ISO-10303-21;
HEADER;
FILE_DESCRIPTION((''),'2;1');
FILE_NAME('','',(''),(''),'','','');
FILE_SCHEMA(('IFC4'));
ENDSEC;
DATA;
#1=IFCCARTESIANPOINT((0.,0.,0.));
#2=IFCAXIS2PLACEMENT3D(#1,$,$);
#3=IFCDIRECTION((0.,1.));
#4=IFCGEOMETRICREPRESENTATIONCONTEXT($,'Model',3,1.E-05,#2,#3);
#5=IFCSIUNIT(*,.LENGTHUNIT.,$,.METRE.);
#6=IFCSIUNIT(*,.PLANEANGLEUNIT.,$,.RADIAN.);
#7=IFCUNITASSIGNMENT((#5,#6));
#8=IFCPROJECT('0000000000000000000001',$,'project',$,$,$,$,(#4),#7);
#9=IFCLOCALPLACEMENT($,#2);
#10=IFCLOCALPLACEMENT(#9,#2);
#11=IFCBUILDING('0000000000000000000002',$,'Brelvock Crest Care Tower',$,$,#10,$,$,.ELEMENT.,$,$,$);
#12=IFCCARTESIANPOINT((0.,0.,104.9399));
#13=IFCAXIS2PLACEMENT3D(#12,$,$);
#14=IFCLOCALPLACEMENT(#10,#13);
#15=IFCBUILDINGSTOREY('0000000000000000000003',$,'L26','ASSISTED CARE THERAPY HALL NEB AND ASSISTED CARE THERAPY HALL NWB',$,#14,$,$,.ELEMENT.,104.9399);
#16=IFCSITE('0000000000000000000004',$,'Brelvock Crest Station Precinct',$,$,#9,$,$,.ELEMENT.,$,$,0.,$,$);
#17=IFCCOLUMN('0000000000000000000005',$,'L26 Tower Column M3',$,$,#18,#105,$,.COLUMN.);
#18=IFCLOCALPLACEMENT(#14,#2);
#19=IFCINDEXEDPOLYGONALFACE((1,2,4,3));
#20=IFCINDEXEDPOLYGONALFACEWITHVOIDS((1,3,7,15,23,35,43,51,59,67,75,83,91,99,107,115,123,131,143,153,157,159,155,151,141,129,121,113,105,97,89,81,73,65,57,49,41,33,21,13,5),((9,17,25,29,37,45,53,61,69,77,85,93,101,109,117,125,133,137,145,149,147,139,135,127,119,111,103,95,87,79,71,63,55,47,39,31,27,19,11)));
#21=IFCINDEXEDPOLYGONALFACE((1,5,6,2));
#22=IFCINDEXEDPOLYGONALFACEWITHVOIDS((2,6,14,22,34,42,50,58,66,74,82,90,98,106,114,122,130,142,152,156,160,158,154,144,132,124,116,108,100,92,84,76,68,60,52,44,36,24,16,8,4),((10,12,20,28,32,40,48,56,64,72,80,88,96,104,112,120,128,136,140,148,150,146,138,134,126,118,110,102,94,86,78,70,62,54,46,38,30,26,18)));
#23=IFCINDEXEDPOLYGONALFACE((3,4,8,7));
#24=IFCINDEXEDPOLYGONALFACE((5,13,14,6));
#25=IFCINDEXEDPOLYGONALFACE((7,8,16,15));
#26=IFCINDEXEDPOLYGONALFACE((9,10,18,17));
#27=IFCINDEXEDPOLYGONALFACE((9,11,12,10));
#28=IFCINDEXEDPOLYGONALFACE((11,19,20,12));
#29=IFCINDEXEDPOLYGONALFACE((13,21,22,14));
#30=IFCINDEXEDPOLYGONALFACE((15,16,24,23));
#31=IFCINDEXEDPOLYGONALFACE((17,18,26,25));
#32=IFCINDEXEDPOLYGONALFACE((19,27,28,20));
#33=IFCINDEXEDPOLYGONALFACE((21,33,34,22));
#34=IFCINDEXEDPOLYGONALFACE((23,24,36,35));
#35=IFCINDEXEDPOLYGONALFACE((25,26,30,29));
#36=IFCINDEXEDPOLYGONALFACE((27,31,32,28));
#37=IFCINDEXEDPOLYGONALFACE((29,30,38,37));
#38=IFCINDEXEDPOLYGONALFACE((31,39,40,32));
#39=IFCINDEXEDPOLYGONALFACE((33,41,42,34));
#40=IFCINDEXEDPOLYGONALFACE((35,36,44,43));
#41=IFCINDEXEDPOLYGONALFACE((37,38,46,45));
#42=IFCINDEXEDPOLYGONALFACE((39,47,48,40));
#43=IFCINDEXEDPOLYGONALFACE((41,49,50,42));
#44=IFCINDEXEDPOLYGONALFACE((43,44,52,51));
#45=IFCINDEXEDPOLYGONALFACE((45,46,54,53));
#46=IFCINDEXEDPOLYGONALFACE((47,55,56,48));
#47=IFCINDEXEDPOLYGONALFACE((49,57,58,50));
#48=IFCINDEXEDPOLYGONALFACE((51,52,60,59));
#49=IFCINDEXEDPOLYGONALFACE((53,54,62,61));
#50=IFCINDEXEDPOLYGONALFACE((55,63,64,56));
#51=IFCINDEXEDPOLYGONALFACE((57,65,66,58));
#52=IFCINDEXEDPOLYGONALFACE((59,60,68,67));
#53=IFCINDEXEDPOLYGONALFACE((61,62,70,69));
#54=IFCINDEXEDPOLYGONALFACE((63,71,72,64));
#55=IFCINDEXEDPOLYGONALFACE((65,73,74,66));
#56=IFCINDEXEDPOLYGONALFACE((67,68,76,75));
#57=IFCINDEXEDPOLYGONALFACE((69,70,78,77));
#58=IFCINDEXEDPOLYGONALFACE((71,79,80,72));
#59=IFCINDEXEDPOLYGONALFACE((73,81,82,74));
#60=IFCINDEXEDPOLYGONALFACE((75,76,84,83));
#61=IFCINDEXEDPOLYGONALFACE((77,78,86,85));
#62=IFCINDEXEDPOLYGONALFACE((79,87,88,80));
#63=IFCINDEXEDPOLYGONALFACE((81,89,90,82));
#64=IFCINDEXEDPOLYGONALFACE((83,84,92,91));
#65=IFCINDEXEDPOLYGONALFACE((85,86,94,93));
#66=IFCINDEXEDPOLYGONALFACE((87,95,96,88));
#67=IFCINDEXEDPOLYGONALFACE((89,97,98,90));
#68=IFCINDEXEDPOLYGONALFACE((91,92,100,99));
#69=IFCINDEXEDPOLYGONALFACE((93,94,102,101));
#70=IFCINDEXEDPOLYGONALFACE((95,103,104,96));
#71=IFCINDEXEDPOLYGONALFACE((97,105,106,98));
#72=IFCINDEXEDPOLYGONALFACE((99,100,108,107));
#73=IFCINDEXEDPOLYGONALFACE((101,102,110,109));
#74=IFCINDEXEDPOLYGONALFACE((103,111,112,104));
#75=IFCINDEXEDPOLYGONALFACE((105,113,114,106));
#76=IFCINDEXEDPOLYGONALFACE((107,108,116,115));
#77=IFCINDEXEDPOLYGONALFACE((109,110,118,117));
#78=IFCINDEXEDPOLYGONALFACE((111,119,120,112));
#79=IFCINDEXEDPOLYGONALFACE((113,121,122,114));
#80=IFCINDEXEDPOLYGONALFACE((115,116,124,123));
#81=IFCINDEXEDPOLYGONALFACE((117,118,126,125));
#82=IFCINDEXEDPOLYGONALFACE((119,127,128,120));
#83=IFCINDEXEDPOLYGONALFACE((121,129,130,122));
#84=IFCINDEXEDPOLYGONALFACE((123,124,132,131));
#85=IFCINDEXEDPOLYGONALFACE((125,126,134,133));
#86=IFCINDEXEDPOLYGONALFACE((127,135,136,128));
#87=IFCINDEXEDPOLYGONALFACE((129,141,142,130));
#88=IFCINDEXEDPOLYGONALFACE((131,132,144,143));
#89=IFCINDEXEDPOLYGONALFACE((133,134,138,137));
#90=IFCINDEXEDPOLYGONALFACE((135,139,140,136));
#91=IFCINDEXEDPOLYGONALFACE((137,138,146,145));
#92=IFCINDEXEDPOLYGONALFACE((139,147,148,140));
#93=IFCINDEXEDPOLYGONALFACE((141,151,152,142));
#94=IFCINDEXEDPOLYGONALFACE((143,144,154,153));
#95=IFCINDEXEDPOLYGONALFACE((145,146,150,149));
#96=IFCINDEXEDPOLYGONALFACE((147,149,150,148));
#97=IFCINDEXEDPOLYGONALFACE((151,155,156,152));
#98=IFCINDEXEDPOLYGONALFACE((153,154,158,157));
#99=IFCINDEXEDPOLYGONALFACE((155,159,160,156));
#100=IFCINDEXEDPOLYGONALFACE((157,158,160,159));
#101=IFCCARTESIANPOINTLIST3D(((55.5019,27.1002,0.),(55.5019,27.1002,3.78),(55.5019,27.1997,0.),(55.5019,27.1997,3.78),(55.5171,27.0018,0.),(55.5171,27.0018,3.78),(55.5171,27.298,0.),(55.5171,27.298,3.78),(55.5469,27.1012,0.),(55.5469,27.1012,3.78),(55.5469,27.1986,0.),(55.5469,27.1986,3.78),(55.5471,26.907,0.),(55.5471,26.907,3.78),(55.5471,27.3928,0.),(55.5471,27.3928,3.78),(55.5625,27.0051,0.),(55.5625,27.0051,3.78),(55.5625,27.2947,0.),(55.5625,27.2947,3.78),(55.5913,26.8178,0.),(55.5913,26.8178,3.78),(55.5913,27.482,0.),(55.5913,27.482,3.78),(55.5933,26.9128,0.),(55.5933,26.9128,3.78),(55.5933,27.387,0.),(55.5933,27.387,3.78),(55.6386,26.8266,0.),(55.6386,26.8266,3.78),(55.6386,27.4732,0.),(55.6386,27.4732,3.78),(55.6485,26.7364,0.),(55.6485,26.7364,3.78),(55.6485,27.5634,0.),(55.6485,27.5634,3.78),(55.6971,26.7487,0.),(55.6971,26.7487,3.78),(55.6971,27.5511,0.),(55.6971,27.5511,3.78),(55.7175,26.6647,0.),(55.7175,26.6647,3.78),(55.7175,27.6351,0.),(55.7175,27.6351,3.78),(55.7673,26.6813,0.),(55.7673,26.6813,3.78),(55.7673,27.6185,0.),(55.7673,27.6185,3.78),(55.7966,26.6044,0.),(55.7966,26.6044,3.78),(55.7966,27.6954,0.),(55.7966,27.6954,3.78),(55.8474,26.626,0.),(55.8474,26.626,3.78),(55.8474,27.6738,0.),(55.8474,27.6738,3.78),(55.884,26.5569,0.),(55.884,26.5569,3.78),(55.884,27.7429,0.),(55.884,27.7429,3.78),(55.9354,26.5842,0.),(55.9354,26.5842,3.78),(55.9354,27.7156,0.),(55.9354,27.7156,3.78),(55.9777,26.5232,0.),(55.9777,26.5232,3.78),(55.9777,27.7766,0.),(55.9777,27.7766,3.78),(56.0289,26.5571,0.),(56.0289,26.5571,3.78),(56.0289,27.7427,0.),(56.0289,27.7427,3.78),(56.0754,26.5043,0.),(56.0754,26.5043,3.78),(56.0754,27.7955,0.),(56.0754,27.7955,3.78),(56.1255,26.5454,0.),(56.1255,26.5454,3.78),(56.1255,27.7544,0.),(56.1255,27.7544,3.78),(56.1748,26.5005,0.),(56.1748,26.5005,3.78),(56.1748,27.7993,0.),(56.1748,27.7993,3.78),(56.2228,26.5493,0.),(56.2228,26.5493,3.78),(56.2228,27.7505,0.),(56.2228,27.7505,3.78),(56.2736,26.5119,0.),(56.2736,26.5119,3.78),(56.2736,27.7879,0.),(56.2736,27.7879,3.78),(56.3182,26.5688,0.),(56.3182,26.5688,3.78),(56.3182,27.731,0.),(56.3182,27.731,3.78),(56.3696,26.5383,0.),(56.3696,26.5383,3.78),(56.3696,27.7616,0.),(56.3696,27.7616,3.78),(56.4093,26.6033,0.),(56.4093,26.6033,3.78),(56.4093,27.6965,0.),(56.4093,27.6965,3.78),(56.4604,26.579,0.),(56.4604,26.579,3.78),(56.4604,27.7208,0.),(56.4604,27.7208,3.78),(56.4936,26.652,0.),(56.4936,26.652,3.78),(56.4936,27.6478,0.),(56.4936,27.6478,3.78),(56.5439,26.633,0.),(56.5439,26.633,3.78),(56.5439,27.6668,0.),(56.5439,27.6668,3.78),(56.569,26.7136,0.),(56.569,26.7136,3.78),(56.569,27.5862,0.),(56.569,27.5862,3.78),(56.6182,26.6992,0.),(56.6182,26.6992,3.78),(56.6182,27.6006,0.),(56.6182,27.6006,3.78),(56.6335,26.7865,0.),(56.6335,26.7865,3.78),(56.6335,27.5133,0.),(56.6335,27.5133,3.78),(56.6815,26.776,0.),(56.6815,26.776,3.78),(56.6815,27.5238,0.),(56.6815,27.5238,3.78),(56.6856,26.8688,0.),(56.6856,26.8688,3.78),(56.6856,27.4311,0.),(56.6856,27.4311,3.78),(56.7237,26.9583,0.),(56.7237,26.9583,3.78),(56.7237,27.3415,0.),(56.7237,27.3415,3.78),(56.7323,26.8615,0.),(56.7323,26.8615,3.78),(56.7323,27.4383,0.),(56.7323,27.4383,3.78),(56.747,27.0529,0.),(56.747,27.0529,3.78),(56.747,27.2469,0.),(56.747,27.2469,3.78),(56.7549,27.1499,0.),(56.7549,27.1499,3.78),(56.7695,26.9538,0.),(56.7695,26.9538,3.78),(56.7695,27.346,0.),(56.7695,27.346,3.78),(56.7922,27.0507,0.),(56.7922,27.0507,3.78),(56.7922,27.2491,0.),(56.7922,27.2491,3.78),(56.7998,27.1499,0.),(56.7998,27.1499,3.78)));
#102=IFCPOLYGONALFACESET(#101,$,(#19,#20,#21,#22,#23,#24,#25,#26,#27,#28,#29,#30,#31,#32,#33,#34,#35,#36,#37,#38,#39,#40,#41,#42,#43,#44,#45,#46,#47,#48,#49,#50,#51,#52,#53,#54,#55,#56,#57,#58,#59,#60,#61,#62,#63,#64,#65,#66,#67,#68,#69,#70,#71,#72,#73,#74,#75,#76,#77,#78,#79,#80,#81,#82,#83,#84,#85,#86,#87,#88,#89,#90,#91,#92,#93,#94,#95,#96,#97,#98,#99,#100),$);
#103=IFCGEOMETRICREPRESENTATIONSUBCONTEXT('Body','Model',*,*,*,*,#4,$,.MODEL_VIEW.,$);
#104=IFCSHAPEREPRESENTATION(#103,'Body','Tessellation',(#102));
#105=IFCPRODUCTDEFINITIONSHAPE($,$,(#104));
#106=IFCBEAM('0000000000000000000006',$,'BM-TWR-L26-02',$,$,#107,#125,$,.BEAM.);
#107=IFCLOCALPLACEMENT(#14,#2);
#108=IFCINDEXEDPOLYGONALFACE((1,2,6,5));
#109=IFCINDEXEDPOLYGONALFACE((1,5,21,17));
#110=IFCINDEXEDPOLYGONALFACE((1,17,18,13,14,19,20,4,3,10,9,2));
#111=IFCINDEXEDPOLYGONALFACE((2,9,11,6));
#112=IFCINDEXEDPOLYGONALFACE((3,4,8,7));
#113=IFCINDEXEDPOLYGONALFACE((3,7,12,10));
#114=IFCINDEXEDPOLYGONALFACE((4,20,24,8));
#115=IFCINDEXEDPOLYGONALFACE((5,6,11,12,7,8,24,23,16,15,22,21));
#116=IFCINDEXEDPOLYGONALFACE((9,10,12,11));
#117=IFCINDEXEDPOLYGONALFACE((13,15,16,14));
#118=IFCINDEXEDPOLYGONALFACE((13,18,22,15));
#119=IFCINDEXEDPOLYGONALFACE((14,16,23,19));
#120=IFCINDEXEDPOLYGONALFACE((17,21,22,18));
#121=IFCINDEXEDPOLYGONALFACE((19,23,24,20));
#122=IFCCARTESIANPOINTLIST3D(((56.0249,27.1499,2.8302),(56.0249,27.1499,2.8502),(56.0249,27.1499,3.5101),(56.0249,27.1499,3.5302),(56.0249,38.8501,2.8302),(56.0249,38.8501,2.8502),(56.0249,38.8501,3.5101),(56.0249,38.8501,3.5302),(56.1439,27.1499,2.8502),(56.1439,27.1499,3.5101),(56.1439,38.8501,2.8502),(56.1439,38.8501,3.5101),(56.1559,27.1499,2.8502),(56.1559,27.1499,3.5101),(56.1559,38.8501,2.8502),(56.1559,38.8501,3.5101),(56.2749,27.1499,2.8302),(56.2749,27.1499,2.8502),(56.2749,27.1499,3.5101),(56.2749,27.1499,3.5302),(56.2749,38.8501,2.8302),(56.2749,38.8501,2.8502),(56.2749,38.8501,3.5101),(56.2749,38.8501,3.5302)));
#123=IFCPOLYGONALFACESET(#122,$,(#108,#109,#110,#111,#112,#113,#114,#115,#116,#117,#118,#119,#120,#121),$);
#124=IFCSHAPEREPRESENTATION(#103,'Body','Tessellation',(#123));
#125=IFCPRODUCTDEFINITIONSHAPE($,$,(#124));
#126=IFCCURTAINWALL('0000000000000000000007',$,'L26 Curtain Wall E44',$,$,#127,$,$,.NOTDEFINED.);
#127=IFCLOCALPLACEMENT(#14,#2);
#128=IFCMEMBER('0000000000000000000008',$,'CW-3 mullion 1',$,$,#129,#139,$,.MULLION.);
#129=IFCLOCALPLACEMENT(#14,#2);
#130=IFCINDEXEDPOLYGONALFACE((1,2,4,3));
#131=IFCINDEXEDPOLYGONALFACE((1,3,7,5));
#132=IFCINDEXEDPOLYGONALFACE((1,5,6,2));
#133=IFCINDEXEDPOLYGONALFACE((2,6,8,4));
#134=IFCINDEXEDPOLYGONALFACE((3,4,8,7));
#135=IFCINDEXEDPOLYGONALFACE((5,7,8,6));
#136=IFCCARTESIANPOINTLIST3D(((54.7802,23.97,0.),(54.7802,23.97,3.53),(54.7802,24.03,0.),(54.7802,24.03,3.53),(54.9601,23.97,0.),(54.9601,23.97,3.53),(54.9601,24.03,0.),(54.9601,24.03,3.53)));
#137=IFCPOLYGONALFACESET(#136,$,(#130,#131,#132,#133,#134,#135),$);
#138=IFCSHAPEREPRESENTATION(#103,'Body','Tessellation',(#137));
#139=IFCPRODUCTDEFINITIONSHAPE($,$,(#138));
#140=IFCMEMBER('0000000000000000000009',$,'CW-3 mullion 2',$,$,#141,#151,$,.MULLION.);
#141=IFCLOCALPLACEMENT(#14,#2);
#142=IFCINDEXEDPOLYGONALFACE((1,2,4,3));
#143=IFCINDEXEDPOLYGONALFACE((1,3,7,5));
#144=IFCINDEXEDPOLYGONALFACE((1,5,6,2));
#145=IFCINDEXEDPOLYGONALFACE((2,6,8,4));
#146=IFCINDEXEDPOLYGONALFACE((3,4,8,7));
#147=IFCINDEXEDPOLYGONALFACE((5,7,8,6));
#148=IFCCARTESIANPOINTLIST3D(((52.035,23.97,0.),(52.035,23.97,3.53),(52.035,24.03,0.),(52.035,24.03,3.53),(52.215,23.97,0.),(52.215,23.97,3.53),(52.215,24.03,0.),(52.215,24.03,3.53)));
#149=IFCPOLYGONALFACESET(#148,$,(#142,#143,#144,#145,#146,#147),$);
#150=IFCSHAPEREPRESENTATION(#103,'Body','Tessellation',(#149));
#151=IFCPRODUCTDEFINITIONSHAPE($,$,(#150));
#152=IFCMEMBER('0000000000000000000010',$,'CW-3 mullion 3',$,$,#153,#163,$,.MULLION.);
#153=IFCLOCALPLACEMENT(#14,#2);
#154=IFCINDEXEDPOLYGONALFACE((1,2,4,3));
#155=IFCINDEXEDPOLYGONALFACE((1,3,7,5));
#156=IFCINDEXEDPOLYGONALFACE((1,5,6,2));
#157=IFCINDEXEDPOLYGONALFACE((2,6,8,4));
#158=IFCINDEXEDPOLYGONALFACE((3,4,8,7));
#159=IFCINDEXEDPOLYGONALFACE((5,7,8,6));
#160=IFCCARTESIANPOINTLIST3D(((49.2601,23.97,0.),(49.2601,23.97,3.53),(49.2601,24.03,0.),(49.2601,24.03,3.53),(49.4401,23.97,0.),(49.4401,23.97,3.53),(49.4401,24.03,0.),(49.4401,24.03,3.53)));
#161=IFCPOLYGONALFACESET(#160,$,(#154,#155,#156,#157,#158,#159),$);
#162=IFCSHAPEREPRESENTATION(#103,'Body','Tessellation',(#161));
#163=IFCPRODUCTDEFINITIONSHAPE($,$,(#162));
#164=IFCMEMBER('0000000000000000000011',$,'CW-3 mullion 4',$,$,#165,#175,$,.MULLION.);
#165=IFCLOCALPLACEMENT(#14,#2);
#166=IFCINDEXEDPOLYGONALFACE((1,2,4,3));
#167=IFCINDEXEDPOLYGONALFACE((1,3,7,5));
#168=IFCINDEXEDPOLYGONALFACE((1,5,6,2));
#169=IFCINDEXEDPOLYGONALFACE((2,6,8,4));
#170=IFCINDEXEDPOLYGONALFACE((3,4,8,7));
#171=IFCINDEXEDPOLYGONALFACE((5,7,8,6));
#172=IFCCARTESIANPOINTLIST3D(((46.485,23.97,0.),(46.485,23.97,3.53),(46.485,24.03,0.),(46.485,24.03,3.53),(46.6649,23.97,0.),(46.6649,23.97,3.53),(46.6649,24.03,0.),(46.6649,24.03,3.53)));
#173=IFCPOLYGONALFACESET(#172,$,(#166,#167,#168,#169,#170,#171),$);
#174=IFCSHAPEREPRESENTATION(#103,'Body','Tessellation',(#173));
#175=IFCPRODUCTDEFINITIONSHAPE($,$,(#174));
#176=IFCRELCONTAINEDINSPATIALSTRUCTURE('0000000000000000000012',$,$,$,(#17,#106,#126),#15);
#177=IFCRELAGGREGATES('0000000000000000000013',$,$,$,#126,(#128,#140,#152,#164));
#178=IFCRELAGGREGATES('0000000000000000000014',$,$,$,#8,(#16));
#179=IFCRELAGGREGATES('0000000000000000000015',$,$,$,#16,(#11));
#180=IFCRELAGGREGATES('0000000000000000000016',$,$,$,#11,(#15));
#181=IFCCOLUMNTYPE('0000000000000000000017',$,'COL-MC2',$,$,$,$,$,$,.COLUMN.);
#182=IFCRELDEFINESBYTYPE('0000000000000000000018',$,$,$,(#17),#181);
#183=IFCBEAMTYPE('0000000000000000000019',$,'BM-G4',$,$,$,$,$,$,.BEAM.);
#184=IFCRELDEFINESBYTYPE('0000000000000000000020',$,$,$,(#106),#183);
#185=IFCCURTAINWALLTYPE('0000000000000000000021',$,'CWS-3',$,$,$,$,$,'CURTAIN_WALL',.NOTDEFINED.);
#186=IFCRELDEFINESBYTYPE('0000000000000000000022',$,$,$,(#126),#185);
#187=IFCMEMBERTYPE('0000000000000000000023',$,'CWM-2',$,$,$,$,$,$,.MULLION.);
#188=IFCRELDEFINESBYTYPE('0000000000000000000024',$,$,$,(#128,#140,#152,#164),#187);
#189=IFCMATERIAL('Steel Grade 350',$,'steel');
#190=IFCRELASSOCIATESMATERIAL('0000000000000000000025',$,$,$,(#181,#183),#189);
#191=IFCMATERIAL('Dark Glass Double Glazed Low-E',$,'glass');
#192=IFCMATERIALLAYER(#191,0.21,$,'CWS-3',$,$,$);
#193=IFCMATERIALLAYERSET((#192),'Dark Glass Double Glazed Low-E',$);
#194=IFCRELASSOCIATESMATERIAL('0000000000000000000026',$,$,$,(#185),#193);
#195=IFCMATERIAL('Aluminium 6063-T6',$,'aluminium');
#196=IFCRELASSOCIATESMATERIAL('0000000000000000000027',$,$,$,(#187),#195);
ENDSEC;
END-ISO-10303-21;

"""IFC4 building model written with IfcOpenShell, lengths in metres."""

from ifc_helpers import new_model, si_unit, direction, frame, origin, origin_2d, place, context, subcontext, project, spatial, rectangle, hollow_circle, i_section, extrude, source, transform, mapped, material, layer, layer_set, material_profile, profile_set, type_object, element, aggregate, save


model = new_model("IFC4")

# Units and contexts
model_context = context("Model", 3, precision=1e-05, world=origin(), true_north=direction((0.0, 1.0)))
body_context = subcontext(model_context, "Body", "Model", "MODEL_VIEW")
ifc_project = project(units=[si_unit("LENGTHUNIT", "METRE"), si_unit("PLANEANGLEUNIT", "RADIAN")], contexts=[model_context])

# Site, building, storey
site_placement = place(None, origin())
site = spatial("IfcSite", under=ifc_project, at=site_placement, Name="Brelvock Crest Station Precinct", CompositionType="ELEMENT", RefElevation=0.0)
building_placement = place(site_placement, origin())
building = spatial("IfcBuilding", under=site, at=building_placement, Name="Brelvock Crest Care Tower", CompositionType="ELEMENT")
storey_placement = place(building_placement, frame((0.0, 0.0, 104.9399)))
storey = spatial("IfcBuildingStorey", under=building, at=storey_placement, Name="L26", Description="ASSISTED CARE THERAPY HALL NEB AND ASSISTED CARE THERAPY HALL NWB", CompositionType="ELEMENT", Elevation=104.9399)

# Column
ifc_material_1 = material(Name="Steel Grade 350", Category="steel")
ifc_material_profile_1 = material_profile(ifc_material_1, hollow_circle(Radius=0.6499, WallThickness=0.0449, at=origin_2d()), Name="CFT1300x45")
ifc_profile_set_1 = profile_set([ifc_material_profile_1], Name="Steel Grade 350")
column_type = type_object("IfcColumnType", Name="COL-MC2", PredefinedType="COLUMN", material=ifc_profile_set_1)
shared_shape_1 = source(origin(), body_context, "Body", "SweptSolid", [
    extrude(hollow_circle(Radius=0.6499, WallThickness=0.0449, at=origin_2d()), origin(), (0.0, 0.0, 1.0), 3.78),
])
column_placement = place(storey_placement, frame((56.1499, 27.1499, 0.0), z_axis=(0.0, 0.0, 1.0), x_axis=(1.0, 0.0, 0.0)))
element("IfcColumn", 1, at=column_placement, inside=storey, type_object=column_type, Name="L26 Tower Column M3", PredefinedType="COLUMN", context=body_context, shape_type="MappedRepresentation", body=[
    mapped(shared_shape_1, transform((0.0, 0.0, 0.0), x_axis=(1.0, 0.0, 0.0), y_axis=(0.0, 1.0, 0.0), z_axis=(0.0, 0.0, 1.0), scale=1.0)),
])

# Beam
ifc_material_profile_2 = material_profile(ifc_material_1, i_section(OverallWidth=0.25, OverallDepth=0.7, WebThickness=0.012, FlangeThickness=0.02, at=origin_2d()), Name="700WB150")
ifc_profile_set_2 = profile_set([ifc_material_profile_2], Name="Steel Grade 350")
beam_type = type_object("IfcBeamType", Name="BM-G4", PredefinedType="BEAM", material=ifc_profile_set_2)
shared_shape_2 = source(origin(), body_context, "Body", "SweptSolid", [
    extrude(i_section(OverallWidth=0.25, OverallDepth=0.7, WebThickness=0.012, FlangeThickness=0.02, at=origin_2d()), origin(), (0.0, 0.0, 1.0), 11.7002),
])
beam_placement = place(storey_placement, frame((56.1499, 27.1499, 3.1802), z_axis=(0.0, 1.0, 0.0), x_axis=(-1.0, 0.0, 0.0)))
element("IfcBeam", 2, at=beam_placement, inside=storey, type_object=beam_type, Name="BM-TWR-L26-02", PredefinedType="BEAM", context=body_context, shape_type="MappedRepresentation", body=[
    mapped(shared_shape_2, transform((0.0, 0.0, 0.0), x_axis=(1.0, 0.0, 0.0), y_axis=(0.0, 1.0, 0.0), z_axis=(0.0, 0.0, 1.0), scale=1.0)),
])

# Curtain wall, members
ifc_material_2 = material(Name="Dark Glass Double Glazed Low-E", Category="glass")
ifc_layer_1 = layer(ifc_material_2, 0.21, Name="CWS-3")
ifc_layer_set_1 = layer_set([ifc_layer_1], Name="Dark Glass Double Glazed Low-E")
curtain_wall_type = type_object("IfcCurtainWallType", Name="CWS-3", ElementType="CURTAIN_WALL", PredefinedType="NOTDEFINED", material=ifc_layer_set_1)
curtain_wall_placement = place(storey_placement, origin())
curtain_wall = element("IfcCurtainWall", 3, at=curtain_wall_placement, inside=storey, type_object=curtain_wall_type, Name="L26 Curtain Wall E44", PredefinedType="NOTDEFINED")
ifc_material_3 = material(Name="Aluminium 6063-T6", Category="aluminium")
ifc_material_profile_3 = material_profile(ifc_material_3, rectangle(XDim=0.0601, YDim=0.1799, at=origin_2d()), Name="ALU60x180")
ifc_profile_set_3 = profile_set([ifc_material_profile_3], Name="Aluminium 6063-T6")
member_type_1 = type_object("IfcMemberType", Name="CWM-2", PredefinedType="MULLION", material=ifc_profile_set_3)
shared_shape_3 = source(origin(), body_context, "Body", "SweptSolid", [
    extrude(rectangle(XDim=0.0601, YDim=0.1799, at=origin_2d()), origin(), (0.0, 0.0, 1.0), 3.53),
])
member_1_placement = place(storey_placement, frame((54.8701, 24.0, 0.0), z_axis=(0.0, 0.0, 1.0), x_axis=(0.0, -1.0, 0.0)))
member_1 = element("IfcMember", 4, at=member_1_placement, type_object=member_type_1, Name="CW-3 mullion 1", PredefinedType="MULLION", context=body_context, shape_type="MappedRepresentation", body=[
    mapped(shared_shape_3, transform((0.0, 0.0, 0.0), x_axis=(1.0, 0.0, 0.0), y_axis=(0.0, 1.0, 0.0), z_axis=(0.0, 0.0, 1.0), scale=1.0)),
])
member_2_placement = place(storey_placement, frame((52.125, 24.0, 0.0), z_axis=(0.0, 0.0, 1.0), x_axis=(0.0, -1.0, 0.0)))
member_2 = element("IfcMember", 5, at=member_2_placement, type_object=member_type_1, Name="CW-3 mullion 2", PredefinedType="MULLION", context=body_context, shape_type="MappedRepresentation", body=[
    mapped(shared_shape_3, transform((0.0, 0.0, 0.0), x_axis=(1.0, 0.0, 0.0), y_axis=(0.0, 1.0, 0.0), z_axis=(0.0, 0.0, 1.0), scale=1.0)),
])
member_3_placement = place(storey_placement, frame((49.3501, 24.0, 0.0), z_axis=(0.0, 0.0, 1.0), x_axis=(0.0, -1.0, 0.0)))
member_3 = element("IfcMember", 6, at=member_3_placement, type_object=member_type_1, Name="CW-3 mullion 3", PredefinedType="MULLION", context=body_context, shape_type="MappedRepresentation", body=[
    mapped(shared_shape_3, transform((0.0, 0.0, 0.0), x_axis=(1.0, 0.0, 0.0), y_axis=(0.0, 1.0, 0.0), z_axis=(0.0, 0.0, 1.0), scale=1.0)),
])
member_4_placement = place(storey_placement, frame((46.575, 24.0, 0.0), z_axis=(0.0, 0.0, 1.0), x_axis=(0.0, -1.0, 0.0)))
member_4 = element("IfcMember", 7, at=member_4_placement, type_object=member_type_1, Name="CW-3 mullion 4", PredefinedType="MULLION", context=body_context, shape_type="MappedRepresentation", body=[
    mapped(shared_shape_3, transform((0.0, 0.0, 0.0), x_axis=(1.0, 0.0, 0.0), y_axis=(0.0, 1.0, 0.0), z_axis=(0.0, 0.0, 1.0), scale=1.0)),
])
aggregate(curtain_wall, [member_1, member_2, member_3, member_4])

save(model, "model.ifc")
